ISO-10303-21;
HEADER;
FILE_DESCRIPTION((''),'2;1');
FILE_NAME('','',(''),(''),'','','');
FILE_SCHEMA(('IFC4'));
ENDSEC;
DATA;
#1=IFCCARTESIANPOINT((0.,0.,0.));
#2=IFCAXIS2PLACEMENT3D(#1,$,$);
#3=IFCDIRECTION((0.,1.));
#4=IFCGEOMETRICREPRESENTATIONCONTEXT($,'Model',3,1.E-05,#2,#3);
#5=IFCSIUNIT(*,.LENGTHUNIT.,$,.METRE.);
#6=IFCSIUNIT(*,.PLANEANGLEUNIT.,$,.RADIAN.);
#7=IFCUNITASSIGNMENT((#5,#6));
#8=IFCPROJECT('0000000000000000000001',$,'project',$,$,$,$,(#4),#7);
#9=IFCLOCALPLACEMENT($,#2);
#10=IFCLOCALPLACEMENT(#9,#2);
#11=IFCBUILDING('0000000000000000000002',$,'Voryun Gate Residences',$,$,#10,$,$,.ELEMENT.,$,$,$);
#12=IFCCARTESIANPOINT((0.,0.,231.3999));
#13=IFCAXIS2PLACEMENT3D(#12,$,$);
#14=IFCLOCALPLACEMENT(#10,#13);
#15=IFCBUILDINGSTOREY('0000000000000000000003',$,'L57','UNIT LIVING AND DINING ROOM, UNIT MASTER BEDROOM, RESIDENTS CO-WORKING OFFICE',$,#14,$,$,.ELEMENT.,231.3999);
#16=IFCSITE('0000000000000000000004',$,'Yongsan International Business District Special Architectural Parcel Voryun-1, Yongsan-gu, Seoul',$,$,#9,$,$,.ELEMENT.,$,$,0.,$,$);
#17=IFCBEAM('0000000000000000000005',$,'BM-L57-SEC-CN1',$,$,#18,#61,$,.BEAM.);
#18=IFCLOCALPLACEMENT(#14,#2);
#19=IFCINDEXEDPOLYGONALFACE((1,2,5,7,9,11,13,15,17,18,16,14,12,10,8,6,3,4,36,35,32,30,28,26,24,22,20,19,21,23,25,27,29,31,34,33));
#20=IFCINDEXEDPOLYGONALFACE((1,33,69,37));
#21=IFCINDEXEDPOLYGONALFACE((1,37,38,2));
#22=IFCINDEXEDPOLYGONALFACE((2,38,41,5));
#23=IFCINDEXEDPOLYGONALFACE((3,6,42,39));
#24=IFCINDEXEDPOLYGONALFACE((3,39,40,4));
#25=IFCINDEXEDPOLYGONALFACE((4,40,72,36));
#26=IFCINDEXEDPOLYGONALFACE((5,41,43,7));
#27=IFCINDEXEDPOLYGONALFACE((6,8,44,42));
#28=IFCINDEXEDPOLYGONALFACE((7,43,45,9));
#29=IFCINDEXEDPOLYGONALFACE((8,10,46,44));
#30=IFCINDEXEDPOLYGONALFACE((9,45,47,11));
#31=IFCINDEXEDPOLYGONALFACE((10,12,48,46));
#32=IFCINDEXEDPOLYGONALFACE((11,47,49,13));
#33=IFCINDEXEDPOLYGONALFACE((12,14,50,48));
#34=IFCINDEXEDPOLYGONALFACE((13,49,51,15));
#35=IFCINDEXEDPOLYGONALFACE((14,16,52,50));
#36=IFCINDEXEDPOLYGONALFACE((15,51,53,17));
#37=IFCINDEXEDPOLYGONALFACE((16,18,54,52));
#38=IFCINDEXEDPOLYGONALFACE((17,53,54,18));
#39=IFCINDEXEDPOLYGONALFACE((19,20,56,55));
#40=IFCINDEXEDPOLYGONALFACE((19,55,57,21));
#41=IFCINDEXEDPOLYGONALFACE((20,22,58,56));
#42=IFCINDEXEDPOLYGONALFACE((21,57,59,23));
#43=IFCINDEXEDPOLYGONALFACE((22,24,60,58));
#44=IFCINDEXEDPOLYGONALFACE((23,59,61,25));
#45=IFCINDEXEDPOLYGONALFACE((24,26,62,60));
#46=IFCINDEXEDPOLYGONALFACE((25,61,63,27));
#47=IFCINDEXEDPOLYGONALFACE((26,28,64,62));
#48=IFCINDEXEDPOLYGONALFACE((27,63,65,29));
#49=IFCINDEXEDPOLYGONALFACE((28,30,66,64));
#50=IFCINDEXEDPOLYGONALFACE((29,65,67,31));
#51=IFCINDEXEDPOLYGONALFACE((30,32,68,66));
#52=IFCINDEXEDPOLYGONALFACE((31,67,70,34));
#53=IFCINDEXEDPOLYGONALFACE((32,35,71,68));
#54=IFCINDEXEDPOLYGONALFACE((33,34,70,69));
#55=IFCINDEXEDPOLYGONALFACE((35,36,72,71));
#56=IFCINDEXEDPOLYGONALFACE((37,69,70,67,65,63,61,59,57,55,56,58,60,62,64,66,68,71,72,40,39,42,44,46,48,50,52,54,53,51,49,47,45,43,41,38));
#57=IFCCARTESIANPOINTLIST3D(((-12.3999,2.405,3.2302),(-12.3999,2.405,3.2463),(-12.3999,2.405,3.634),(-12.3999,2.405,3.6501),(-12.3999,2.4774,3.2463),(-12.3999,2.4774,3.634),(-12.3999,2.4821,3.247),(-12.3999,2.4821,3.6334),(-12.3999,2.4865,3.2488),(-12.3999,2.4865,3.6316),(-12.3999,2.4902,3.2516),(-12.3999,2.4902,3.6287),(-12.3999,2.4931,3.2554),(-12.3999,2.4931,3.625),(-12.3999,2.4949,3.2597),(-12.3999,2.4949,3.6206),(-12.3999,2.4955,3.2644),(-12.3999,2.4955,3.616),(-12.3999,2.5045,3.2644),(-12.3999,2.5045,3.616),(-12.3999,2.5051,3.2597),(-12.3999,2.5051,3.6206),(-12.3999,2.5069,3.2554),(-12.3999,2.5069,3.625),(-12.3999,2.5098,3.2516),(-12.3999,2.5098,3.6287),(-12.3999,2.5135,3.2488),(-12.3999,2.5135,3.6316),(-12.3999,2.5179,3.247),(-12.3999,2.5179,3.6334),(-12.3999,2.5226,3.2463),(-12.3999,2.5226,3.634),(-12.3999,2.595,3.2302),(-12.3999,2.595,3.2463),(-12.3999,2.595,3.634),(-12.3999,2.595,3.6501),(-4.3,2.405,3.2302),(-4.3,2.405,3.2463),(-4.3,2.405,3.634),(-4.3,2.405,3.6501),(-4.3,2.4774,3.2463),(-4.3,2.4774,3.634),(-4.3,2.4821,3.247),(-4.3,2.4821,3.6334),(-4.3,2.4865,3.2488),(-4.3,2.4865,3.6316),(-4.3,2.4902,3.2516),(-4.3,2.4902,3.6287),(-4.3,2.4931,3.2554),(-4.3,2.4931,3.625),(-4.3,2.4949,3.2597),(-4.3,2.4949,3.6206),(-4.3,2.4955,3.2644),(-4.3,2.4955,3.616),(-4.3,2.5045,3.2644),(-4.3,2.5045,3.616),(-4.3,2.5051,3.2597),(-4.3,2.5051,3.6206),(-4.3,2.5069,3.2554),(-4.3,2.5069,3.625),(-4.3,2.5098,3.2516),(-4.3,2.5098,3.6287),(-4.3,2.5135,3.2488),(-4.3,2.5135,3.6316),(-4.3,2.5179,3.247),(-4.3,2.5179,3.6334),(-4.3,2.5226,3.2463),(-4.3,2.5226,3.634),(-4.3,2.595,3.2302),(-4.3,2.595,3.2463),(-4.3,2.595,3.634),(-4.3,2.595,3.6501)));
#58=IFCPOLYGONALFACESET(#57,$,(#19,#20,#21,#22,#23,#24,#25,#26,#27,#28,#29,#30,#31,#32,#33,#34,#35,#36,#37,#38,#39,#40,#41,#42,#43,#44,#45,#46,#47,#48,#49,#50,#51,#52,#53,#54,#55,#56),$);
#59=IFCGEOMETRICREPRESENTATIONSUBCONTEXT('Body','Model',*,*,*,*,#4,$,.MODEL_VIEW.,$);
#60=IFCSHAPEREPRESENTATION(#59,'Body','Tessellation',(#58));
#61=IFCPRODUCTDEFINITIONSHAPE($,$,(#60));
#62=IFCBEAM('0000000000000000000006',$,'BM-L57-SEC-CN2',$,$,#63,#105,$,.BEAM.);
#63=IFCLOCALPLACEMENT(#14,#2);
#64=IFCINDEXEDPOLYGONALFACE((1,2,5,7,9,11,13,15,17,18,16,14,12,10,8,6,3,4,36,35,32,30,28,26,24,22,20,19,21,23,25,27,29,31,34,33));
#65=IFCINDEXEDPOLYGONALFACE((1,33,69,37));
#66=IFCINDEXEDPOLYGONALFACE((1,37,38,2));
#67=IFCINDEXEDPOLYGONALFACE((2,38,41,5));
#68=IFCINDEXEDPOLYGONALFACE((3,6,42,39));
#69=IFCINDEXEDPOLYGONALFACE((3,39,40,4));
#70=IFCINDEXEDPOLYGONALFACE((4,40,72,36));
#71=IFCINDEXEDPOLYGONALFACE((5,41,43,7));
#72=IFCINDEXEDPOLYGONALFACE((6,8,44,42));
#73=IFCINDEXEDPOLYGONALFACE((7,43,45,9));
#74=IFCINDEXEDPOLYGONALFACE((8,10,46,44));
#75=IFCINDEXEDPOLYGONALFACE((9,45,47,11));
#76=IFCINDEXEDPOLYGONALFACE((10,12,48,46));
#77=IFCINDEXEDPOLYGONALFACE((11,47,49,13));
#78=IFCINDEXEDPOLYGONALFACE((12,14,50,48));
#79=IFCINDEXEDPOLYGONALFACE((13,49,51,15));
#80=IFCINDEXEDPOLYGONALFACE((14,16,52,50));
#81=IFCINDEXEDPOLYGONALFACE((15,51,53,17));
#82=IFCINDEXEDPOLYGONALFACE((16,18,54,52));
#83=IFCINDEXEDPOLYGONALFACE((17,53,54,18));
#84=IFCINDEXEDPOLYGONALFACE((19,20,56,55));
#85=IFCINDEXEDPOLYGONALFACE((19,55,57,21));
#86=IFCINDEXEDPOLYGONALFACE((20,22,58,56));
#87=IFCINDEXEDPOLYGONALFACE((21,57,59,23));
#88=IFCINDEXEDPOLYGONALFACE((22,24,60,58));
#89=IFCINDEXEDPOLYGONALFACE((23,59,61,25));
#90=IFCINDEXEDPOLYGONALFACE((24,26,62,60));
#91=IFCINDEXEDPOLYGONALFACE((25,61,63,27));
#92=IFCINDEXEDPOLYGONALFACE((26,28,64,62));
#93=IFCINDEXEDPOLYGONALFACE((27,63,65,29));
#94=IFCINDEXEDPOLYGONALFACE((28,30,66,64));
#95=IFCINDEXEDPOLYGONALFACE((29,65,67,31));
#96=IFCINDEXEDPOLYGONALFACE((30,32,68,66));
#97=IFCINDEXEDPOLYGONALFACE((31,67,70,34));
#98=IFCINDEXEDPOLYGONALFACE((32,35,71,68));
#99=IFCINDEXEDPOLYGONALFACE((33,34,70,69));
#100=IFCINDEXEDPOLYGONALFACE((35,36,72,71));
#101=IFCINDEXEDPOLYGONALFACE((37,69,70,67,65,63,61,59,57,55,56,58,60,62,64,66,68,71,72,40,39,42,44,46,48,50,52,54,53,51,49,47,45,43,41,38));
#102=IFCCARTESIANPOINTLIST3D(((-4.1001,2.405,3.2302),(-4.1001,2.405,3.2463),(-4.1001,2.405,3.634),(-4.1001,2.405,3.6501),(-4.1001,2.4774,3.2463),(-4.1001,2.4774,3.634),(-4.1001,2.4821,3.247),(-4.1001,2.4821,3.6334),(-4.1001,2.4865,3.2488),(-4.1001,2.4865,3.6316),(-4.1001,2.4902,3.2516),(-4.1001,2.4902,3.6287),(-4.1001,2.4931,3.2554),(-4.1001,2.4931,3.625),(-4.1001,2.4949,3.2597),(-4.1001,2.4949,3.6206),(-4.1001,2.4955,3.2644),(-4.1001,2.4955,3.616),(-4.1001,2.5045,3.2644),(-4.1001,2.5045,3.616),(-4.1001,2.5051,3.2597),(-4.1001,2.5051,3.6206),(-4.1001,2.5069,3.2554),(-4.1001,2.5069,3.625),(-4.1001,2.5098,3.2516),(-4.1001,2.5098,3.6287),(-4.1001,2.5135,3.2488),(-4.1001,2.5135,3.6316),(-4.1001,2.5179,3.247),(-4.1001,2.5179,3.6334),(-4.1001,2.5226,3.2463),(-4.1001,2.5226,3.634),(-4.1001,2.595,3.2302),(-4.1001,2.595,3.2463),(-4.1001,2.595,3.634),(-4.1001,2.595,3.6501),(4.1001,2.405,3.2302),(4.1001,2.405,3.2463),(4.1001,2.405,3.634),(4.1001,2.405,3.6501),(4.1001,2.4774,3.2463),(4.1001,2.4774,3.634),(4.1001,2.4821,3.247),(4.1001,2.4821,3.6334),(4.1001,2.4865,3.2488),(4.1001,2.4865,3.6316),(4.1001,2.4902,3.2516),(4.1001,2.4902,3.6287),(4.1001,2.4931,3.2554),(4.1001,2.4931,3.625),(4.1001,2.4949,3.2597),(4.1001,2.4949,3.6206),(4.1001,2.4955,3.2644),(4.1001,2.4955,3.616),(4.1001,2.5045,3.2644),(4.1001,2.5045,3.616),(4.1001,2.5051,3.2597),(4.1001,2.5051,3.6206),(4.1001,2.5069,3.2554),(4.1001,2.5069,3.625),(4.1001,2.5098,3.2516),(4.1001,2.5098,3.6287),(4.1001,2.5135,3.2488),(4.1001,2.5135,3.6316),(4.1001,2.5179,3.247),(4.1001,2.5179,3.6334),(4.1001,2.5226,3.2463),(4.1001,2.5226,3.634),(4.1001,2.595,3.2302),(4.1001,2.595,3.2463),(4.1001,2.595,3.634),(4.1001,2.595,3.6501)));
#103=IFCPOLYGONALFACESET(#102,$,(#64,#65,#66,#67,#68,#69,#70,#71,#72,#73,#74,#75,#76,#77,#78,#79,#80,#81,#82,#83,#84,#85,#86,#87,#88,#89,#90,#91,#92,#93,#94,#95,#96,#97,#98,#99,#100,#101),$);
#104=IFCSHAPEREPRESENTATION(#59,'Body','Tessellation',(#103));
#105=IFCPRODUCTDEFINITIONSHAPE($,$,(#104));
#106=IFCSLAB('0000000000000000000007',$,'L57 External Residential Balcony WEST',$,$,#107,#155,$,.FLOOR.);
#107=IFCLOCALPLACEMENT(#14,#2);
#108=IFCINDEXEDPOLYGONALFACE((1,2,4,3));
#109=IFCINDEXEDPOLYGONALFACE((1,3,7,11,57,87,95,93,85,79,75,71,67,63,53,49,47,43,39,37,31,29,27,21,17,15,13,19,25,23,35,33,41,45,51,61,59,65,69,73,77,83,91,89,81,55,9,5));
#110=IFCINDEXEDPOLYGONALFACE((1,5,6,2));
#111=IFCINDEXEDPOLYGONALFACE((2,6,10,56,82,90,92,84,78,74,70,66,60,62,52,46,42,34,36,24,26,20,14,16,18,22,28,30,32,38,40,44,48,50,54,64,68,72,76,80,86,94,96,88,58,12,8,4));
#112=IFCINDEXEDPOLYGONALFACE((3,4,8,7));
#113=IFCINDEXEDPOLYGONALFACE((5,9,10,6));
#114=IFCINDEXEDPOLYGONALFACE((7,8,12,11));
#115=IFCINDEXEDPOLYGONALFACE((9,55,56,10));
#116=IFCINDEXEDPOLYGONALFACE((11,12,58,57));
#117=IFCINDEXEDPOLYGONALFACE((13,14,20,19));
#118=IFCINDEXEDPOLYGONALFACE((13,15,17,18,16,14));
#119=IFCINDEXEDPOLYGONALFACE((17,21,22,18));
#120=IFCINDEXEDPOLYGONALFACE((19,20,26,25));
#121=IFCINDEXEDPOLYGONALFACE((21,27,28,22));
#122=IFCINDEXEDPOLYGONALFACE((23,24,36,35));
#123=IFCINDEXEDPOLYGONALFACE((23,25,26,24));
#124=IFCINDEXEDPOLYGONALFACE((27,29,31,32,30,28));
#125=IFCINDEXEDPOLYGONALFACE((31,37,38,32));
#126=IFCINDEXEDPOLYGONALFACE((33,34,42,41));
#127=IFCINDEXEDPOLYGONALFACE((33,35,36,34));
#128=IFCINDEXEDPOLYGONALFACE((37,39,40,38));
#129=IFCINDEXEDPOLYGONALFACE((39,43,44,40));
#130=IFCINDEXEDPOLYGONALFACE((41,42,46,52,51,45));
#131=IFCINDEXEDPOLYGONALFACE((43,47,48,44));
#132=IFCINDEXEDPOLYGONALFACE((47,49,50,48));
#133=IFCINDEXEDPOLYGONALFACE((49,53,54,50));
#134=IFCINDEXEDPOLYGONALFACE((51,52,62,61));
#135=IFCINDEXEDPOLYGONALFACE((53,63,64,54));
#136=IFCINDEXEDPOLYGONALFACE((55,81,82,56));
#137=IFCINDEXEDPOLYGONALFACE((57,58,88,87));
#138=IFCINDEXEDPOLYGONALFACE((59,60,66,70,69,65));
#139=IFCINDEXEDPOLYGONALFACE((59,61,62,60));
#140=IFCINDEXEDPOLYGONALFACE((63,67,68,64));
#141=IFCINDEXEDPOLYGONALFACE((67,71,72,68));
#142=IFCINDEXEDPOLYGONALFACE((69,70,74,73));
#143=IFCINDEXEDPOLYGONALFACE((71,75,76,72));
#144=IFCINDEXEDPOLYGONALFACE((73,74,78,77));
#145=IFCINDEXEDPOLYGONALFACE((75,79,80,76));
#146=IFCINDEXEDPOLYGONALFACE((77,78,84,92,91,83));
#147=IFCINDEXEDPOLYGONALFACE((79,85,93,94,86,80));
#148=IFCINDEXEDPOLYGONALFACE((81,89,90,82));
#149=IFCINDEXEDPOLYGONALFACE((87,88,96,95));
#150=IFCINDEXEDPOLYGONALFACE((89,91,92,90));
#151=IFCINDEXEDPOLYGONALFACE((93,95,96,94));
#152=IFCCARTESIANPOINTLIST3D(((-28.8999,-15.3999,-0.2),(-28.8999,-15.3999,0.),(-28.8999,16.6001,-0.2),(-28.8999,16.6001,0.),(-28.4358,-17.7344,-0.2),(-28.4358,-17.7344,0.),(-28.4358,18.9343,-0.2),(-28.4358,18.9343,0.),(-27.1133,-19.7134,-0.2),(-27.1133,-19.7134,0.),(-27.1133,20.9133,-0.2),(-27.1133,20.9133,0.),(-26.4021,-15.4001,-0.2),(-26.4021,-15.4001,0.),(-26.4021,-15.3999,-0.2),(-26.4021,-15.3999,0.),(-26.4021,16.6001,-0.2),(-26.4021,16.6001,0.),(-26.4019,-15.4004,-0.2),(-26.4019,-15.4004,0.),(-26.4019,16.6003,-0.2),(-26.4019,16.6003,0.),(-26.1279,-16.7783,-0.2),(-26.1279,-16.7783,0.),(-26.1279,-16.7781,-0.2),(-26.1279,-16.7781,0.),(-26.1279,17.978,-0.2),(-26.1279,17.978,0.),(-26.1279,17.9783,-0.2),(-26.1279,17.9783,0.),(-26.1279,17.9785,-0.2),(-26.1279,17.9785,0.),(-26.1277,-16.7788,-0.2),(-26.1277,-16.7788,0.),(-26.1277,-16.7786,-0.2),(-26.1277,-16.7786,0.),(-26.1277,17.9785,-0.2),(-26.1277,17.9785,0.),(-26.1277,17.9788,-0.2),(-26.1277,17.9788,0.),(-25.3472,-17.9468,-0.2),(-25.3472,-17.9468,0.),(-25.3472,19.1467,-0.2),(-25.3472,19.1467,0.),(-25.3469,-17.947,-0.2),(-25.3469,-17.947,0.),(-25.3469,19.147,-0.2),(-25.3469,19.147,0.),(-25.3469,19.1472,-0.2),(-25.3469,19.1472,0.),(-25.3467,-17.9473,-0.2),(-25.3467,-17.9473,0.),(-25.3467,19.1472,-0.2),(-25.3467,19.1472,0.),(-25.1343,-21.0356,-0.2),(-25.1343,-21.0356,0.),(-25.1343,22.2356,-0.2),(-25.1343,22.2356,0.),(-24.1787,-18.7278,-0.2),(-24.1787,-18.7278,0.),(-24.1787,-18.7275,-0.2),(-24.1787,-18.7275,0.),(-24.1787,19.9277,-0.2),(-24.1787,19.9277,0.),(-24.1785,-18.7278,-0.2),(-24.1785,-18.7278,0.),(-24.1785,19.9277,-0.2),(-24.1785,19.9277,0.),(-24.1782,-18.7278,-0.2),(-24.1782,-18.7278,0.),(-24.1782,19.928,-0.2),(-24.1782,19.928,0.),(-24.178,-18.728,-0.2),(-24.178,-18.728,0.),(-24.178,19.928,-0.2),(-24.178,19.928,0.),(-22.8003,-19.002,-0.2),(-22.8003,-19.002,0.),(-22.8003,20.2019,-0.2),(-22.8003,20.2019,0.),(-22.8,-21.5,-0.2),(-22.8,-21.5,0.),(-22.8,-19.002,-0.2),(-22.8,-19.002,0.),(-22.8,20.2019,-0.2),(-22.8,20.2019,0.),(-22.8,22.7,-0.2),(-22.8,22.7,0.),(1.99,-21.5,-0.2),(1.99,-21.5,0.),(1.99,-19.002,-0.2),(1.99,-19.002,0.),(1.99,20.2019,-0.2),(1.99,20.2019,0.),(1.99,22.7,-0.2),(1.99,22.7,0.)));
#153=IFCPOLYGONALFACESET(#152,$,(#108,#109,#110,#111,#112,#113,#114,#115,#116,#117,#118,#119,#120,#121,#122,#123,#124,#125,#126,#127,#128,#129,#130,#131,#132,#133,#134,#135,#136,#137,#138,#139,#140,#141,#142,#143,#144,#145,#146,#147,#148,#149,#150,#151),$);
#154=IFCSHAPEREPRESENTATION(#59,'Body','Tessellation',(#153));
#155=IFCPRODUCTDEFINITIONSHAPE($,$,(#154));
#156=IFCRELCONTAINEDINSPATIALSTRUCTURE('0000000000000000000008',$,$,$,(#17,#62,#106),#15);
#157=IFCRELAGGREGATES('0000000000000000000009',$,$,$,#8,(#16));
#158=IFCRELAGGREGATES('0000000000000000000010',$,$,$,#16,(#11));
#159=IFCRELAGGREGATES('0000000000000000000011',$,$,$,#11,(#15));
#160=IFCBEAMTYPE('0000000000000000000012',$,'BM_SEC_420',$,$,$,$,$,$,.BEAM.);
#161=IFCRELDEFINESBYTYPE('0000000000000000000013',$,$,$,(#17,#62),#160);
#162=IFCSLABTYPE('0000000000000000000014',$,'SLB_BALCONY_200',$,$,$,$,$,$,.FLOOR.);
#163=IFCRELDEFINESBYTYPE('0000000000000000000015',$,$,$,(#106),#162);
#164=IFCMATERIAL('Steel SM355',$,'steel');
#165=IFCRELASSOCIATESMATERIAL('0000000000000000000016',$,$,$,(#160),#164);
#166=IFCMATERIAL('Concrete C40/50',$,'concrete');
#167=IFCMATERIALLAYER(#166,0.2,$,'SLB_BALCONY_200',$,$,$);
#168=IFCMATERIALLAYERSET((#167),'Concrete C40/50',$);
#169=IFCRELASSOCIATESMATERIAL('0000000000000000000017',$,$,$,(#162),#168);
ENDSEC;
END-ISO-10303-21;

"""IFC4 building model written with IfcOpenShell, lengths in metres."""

from ifc_helpers import new_model, si_unit, direction, frame, origin, origin_2d, place, context, subcontext, project, spatial, polyline, i_section, outline, extrude, material, layer, layer_set, material_profile, profile_set, type_object, element, save


model = new_model("IFC4")

# Units and contexts
model_context = context("Model", 3, precision=1e-05, world=origin(), true_north=direction((0.0, 1.0)))
body_context = subcontext(model_context, "Body", "Model", "MODEL_VIEW")
ifc_project = project(units=[si_unit("LENGTHUNIT", "METRE"), si_unit("PLANEANGLEUNIT", "RADIAN")], contexts=[model_context])

# Site, building, storey
site_placement = place(None, origin())
site = spatial("IfcSite", under=ifc_project, at=site_placement, Name="Yongsan International Business District Special Architectural Parcel Voryun-1, Yongsan-gu, Seoul", CompositionType="ELEMENT", RefElevation=0.0)
building_placement = place(site_placement, origin())
building = spatial("IfcBuilding", under=site, at=building_placement, Name="Voryun Gate Residences", CompositionType="ELEMENT")
storey_placement = place(building_placement, frame((0.0, 0.0, 231.3999)))
storey = spatial("IfcBuildingStorey", under=building, at=storey_placement, Name="L57", Description="UNIT LIVING AND DINING ROOM, UNIT MASTER BEDROOM, RESIDENTS CO-WORKING OFFICE", CompositionType="ELEMENT", Elevation=231.3999)

# Beams
ifc_material_1 = material(Name="Steel SM355", Category="steel")
ifc_material_profile_1 = material_profile(ifc_material_1, i_section(OverallWidth=0.1899, OverallDepth=0.4199, WebThickness=0.009, FlangeThickness=0.0161, FilletRadius=0.0181, at=origin_2d()), Name="H-420x190x9x16")
ifc_profile_set_1 = profile_set([ifc_material_profile_1], Name="Steel SM355")
beam_type_1 = type_object("IfcBeamType", Name="BM_SEC_420", PredefinedType="BEAM", material=ifc_profile_set_1)
beam_1_placement = place(storey_placement, frame((-12.3999, 2.5, 3.4402), z_axis=(1.0, 0.0, 0.0), x_axis=(0.0, 1.0, 0.0)))
element("IfcBeam", 1, at=beam_1_placement, inside=storey, type_object=beam_type_1, Name="BM-L57-SEC-CN1", PredefinedType="BEAM", context=body_context, shape_type="SweptSolid", body=[
    extrude(i_section(OverallWidth=0.1899, OverallDepth=0.4199, WebThickness=0.009, FlangeThickness=0.0161, FilletRadius=0.0181, at=origin_2d()), origin(), (0.0, 0.0, 1.0), 8.0999),
])
beam_2_placement = place(storey_placement, frame((-4.1001, 2.5, 3.4402), z_axis=(1.0, 0.0, 0.0), x_axis=(0.0, 1.0, 0.0)))
element("IfcBeam", 2, at=beam_2_placement, inside=storey, type_object=beam_type_1, Name="BM-L57-SEC-CN2", PredefinedType="BEAM", context=body_context, shape_type="SweptSolid", body=[
    extrude(i_section(OverallWidth=0.1899, OverallDepth=0.4199, WebThickness=0.009, FlangeThickness=0.0161, FilletRadius=0.0181, at=origin_2d()), origin(), (0.0, 0.0, 1.0), 8.2002),
])

# Slab
ifc_material_2 = material(Name="Concrete C40/50", Category="concrete")
ifc_layer_1 = layer(ifc_material_2, 0.2, Name="SLB_BALCONY_200")
ifc_layer_set_1 = layer_set([ifc_layer_1], Name="Concrete C40/50")
slab_type_1 = type_object("IfcSlabType", Name="SLB_BALCONY_200", PredefinedType="FLOOR", material=ifc_layer_set_1)
slab_1_placement = place(storey_placement, frame((0.0, 0.0, -0.2)))
element("IfcSlab", 3, at=slab_1_placement, inside=storey, type_object=slab_type_1, Name="L57 External Residential Balcony WEST", PredefinedType="FLOOR", context=body_context, shape_type="SweptSolid", body=[
    extrude(outline(polyline([(-25.1343, -21.0356), (-27.1133, -19.7134), (-28.4358, -17.7344), (-28.8999, -15.3999), (-28.8999, 16.6001), (-28.4358, 18.9343), (-27.1133, 20.9133), (-25.1343, 22.2356), (-22.8, 22.7), (1.99, 22.7), (1.99, 20.2019), (-22.8, 20.2019), (-22.8003, 20.2019), (-22.8003, 20.2019), (-24.178, 19.928), (-24.1782, 19.928), (-24.1785, 19.9277), (-24.1787, 19.9277), (-24.1787, 19.9277), (-25.3467, 19.1472), (-25.3469, 19.1472), (-25.3469, 19.147), (-25.3472, 19.1467), (-25.3472, 19.1467), (-26.1277, 17.9788), (-26.1277, 17.9785), (-26.1279, 17.9785), (-26.1279, 17.9783), (-26.1279, 17.978), (-26.4019, 16.6003), (-26.4021, 16.6001), (-26.4021, 16.6001), (-26.4021, -15.3999), (-26.4021, -15.4001), (-26.4019, -15.4004), (-26.1279, -16.7781), (-26.1279, -16.7783), (-26.1279, -16.7783), (-26.1277, -16.7786), (-26.1277, -16.7788), (-25.3472, -17.9468), (-25.3472, -17.9468), (-25.3469, -17.947), (-25.3469, -17.947), (-25.3467, -17.9473), (-24.1787, -18.7275), (-24.1787, -18.7278), (-24.1785, -18.7278), (-24.1782, -18.7278), (-24.178, -18.728), (-22.8003, -19.002), (-22.8003, -19.002), (-22.8, -19.002), (1.99, -19.002), (1.99, -21.5), (-22.8, -21.5), (-25.1343, -21.0356)])), origin(), (0.0, 0.0, 1.0), 0.2),
])

save(model, "model.ifc")
